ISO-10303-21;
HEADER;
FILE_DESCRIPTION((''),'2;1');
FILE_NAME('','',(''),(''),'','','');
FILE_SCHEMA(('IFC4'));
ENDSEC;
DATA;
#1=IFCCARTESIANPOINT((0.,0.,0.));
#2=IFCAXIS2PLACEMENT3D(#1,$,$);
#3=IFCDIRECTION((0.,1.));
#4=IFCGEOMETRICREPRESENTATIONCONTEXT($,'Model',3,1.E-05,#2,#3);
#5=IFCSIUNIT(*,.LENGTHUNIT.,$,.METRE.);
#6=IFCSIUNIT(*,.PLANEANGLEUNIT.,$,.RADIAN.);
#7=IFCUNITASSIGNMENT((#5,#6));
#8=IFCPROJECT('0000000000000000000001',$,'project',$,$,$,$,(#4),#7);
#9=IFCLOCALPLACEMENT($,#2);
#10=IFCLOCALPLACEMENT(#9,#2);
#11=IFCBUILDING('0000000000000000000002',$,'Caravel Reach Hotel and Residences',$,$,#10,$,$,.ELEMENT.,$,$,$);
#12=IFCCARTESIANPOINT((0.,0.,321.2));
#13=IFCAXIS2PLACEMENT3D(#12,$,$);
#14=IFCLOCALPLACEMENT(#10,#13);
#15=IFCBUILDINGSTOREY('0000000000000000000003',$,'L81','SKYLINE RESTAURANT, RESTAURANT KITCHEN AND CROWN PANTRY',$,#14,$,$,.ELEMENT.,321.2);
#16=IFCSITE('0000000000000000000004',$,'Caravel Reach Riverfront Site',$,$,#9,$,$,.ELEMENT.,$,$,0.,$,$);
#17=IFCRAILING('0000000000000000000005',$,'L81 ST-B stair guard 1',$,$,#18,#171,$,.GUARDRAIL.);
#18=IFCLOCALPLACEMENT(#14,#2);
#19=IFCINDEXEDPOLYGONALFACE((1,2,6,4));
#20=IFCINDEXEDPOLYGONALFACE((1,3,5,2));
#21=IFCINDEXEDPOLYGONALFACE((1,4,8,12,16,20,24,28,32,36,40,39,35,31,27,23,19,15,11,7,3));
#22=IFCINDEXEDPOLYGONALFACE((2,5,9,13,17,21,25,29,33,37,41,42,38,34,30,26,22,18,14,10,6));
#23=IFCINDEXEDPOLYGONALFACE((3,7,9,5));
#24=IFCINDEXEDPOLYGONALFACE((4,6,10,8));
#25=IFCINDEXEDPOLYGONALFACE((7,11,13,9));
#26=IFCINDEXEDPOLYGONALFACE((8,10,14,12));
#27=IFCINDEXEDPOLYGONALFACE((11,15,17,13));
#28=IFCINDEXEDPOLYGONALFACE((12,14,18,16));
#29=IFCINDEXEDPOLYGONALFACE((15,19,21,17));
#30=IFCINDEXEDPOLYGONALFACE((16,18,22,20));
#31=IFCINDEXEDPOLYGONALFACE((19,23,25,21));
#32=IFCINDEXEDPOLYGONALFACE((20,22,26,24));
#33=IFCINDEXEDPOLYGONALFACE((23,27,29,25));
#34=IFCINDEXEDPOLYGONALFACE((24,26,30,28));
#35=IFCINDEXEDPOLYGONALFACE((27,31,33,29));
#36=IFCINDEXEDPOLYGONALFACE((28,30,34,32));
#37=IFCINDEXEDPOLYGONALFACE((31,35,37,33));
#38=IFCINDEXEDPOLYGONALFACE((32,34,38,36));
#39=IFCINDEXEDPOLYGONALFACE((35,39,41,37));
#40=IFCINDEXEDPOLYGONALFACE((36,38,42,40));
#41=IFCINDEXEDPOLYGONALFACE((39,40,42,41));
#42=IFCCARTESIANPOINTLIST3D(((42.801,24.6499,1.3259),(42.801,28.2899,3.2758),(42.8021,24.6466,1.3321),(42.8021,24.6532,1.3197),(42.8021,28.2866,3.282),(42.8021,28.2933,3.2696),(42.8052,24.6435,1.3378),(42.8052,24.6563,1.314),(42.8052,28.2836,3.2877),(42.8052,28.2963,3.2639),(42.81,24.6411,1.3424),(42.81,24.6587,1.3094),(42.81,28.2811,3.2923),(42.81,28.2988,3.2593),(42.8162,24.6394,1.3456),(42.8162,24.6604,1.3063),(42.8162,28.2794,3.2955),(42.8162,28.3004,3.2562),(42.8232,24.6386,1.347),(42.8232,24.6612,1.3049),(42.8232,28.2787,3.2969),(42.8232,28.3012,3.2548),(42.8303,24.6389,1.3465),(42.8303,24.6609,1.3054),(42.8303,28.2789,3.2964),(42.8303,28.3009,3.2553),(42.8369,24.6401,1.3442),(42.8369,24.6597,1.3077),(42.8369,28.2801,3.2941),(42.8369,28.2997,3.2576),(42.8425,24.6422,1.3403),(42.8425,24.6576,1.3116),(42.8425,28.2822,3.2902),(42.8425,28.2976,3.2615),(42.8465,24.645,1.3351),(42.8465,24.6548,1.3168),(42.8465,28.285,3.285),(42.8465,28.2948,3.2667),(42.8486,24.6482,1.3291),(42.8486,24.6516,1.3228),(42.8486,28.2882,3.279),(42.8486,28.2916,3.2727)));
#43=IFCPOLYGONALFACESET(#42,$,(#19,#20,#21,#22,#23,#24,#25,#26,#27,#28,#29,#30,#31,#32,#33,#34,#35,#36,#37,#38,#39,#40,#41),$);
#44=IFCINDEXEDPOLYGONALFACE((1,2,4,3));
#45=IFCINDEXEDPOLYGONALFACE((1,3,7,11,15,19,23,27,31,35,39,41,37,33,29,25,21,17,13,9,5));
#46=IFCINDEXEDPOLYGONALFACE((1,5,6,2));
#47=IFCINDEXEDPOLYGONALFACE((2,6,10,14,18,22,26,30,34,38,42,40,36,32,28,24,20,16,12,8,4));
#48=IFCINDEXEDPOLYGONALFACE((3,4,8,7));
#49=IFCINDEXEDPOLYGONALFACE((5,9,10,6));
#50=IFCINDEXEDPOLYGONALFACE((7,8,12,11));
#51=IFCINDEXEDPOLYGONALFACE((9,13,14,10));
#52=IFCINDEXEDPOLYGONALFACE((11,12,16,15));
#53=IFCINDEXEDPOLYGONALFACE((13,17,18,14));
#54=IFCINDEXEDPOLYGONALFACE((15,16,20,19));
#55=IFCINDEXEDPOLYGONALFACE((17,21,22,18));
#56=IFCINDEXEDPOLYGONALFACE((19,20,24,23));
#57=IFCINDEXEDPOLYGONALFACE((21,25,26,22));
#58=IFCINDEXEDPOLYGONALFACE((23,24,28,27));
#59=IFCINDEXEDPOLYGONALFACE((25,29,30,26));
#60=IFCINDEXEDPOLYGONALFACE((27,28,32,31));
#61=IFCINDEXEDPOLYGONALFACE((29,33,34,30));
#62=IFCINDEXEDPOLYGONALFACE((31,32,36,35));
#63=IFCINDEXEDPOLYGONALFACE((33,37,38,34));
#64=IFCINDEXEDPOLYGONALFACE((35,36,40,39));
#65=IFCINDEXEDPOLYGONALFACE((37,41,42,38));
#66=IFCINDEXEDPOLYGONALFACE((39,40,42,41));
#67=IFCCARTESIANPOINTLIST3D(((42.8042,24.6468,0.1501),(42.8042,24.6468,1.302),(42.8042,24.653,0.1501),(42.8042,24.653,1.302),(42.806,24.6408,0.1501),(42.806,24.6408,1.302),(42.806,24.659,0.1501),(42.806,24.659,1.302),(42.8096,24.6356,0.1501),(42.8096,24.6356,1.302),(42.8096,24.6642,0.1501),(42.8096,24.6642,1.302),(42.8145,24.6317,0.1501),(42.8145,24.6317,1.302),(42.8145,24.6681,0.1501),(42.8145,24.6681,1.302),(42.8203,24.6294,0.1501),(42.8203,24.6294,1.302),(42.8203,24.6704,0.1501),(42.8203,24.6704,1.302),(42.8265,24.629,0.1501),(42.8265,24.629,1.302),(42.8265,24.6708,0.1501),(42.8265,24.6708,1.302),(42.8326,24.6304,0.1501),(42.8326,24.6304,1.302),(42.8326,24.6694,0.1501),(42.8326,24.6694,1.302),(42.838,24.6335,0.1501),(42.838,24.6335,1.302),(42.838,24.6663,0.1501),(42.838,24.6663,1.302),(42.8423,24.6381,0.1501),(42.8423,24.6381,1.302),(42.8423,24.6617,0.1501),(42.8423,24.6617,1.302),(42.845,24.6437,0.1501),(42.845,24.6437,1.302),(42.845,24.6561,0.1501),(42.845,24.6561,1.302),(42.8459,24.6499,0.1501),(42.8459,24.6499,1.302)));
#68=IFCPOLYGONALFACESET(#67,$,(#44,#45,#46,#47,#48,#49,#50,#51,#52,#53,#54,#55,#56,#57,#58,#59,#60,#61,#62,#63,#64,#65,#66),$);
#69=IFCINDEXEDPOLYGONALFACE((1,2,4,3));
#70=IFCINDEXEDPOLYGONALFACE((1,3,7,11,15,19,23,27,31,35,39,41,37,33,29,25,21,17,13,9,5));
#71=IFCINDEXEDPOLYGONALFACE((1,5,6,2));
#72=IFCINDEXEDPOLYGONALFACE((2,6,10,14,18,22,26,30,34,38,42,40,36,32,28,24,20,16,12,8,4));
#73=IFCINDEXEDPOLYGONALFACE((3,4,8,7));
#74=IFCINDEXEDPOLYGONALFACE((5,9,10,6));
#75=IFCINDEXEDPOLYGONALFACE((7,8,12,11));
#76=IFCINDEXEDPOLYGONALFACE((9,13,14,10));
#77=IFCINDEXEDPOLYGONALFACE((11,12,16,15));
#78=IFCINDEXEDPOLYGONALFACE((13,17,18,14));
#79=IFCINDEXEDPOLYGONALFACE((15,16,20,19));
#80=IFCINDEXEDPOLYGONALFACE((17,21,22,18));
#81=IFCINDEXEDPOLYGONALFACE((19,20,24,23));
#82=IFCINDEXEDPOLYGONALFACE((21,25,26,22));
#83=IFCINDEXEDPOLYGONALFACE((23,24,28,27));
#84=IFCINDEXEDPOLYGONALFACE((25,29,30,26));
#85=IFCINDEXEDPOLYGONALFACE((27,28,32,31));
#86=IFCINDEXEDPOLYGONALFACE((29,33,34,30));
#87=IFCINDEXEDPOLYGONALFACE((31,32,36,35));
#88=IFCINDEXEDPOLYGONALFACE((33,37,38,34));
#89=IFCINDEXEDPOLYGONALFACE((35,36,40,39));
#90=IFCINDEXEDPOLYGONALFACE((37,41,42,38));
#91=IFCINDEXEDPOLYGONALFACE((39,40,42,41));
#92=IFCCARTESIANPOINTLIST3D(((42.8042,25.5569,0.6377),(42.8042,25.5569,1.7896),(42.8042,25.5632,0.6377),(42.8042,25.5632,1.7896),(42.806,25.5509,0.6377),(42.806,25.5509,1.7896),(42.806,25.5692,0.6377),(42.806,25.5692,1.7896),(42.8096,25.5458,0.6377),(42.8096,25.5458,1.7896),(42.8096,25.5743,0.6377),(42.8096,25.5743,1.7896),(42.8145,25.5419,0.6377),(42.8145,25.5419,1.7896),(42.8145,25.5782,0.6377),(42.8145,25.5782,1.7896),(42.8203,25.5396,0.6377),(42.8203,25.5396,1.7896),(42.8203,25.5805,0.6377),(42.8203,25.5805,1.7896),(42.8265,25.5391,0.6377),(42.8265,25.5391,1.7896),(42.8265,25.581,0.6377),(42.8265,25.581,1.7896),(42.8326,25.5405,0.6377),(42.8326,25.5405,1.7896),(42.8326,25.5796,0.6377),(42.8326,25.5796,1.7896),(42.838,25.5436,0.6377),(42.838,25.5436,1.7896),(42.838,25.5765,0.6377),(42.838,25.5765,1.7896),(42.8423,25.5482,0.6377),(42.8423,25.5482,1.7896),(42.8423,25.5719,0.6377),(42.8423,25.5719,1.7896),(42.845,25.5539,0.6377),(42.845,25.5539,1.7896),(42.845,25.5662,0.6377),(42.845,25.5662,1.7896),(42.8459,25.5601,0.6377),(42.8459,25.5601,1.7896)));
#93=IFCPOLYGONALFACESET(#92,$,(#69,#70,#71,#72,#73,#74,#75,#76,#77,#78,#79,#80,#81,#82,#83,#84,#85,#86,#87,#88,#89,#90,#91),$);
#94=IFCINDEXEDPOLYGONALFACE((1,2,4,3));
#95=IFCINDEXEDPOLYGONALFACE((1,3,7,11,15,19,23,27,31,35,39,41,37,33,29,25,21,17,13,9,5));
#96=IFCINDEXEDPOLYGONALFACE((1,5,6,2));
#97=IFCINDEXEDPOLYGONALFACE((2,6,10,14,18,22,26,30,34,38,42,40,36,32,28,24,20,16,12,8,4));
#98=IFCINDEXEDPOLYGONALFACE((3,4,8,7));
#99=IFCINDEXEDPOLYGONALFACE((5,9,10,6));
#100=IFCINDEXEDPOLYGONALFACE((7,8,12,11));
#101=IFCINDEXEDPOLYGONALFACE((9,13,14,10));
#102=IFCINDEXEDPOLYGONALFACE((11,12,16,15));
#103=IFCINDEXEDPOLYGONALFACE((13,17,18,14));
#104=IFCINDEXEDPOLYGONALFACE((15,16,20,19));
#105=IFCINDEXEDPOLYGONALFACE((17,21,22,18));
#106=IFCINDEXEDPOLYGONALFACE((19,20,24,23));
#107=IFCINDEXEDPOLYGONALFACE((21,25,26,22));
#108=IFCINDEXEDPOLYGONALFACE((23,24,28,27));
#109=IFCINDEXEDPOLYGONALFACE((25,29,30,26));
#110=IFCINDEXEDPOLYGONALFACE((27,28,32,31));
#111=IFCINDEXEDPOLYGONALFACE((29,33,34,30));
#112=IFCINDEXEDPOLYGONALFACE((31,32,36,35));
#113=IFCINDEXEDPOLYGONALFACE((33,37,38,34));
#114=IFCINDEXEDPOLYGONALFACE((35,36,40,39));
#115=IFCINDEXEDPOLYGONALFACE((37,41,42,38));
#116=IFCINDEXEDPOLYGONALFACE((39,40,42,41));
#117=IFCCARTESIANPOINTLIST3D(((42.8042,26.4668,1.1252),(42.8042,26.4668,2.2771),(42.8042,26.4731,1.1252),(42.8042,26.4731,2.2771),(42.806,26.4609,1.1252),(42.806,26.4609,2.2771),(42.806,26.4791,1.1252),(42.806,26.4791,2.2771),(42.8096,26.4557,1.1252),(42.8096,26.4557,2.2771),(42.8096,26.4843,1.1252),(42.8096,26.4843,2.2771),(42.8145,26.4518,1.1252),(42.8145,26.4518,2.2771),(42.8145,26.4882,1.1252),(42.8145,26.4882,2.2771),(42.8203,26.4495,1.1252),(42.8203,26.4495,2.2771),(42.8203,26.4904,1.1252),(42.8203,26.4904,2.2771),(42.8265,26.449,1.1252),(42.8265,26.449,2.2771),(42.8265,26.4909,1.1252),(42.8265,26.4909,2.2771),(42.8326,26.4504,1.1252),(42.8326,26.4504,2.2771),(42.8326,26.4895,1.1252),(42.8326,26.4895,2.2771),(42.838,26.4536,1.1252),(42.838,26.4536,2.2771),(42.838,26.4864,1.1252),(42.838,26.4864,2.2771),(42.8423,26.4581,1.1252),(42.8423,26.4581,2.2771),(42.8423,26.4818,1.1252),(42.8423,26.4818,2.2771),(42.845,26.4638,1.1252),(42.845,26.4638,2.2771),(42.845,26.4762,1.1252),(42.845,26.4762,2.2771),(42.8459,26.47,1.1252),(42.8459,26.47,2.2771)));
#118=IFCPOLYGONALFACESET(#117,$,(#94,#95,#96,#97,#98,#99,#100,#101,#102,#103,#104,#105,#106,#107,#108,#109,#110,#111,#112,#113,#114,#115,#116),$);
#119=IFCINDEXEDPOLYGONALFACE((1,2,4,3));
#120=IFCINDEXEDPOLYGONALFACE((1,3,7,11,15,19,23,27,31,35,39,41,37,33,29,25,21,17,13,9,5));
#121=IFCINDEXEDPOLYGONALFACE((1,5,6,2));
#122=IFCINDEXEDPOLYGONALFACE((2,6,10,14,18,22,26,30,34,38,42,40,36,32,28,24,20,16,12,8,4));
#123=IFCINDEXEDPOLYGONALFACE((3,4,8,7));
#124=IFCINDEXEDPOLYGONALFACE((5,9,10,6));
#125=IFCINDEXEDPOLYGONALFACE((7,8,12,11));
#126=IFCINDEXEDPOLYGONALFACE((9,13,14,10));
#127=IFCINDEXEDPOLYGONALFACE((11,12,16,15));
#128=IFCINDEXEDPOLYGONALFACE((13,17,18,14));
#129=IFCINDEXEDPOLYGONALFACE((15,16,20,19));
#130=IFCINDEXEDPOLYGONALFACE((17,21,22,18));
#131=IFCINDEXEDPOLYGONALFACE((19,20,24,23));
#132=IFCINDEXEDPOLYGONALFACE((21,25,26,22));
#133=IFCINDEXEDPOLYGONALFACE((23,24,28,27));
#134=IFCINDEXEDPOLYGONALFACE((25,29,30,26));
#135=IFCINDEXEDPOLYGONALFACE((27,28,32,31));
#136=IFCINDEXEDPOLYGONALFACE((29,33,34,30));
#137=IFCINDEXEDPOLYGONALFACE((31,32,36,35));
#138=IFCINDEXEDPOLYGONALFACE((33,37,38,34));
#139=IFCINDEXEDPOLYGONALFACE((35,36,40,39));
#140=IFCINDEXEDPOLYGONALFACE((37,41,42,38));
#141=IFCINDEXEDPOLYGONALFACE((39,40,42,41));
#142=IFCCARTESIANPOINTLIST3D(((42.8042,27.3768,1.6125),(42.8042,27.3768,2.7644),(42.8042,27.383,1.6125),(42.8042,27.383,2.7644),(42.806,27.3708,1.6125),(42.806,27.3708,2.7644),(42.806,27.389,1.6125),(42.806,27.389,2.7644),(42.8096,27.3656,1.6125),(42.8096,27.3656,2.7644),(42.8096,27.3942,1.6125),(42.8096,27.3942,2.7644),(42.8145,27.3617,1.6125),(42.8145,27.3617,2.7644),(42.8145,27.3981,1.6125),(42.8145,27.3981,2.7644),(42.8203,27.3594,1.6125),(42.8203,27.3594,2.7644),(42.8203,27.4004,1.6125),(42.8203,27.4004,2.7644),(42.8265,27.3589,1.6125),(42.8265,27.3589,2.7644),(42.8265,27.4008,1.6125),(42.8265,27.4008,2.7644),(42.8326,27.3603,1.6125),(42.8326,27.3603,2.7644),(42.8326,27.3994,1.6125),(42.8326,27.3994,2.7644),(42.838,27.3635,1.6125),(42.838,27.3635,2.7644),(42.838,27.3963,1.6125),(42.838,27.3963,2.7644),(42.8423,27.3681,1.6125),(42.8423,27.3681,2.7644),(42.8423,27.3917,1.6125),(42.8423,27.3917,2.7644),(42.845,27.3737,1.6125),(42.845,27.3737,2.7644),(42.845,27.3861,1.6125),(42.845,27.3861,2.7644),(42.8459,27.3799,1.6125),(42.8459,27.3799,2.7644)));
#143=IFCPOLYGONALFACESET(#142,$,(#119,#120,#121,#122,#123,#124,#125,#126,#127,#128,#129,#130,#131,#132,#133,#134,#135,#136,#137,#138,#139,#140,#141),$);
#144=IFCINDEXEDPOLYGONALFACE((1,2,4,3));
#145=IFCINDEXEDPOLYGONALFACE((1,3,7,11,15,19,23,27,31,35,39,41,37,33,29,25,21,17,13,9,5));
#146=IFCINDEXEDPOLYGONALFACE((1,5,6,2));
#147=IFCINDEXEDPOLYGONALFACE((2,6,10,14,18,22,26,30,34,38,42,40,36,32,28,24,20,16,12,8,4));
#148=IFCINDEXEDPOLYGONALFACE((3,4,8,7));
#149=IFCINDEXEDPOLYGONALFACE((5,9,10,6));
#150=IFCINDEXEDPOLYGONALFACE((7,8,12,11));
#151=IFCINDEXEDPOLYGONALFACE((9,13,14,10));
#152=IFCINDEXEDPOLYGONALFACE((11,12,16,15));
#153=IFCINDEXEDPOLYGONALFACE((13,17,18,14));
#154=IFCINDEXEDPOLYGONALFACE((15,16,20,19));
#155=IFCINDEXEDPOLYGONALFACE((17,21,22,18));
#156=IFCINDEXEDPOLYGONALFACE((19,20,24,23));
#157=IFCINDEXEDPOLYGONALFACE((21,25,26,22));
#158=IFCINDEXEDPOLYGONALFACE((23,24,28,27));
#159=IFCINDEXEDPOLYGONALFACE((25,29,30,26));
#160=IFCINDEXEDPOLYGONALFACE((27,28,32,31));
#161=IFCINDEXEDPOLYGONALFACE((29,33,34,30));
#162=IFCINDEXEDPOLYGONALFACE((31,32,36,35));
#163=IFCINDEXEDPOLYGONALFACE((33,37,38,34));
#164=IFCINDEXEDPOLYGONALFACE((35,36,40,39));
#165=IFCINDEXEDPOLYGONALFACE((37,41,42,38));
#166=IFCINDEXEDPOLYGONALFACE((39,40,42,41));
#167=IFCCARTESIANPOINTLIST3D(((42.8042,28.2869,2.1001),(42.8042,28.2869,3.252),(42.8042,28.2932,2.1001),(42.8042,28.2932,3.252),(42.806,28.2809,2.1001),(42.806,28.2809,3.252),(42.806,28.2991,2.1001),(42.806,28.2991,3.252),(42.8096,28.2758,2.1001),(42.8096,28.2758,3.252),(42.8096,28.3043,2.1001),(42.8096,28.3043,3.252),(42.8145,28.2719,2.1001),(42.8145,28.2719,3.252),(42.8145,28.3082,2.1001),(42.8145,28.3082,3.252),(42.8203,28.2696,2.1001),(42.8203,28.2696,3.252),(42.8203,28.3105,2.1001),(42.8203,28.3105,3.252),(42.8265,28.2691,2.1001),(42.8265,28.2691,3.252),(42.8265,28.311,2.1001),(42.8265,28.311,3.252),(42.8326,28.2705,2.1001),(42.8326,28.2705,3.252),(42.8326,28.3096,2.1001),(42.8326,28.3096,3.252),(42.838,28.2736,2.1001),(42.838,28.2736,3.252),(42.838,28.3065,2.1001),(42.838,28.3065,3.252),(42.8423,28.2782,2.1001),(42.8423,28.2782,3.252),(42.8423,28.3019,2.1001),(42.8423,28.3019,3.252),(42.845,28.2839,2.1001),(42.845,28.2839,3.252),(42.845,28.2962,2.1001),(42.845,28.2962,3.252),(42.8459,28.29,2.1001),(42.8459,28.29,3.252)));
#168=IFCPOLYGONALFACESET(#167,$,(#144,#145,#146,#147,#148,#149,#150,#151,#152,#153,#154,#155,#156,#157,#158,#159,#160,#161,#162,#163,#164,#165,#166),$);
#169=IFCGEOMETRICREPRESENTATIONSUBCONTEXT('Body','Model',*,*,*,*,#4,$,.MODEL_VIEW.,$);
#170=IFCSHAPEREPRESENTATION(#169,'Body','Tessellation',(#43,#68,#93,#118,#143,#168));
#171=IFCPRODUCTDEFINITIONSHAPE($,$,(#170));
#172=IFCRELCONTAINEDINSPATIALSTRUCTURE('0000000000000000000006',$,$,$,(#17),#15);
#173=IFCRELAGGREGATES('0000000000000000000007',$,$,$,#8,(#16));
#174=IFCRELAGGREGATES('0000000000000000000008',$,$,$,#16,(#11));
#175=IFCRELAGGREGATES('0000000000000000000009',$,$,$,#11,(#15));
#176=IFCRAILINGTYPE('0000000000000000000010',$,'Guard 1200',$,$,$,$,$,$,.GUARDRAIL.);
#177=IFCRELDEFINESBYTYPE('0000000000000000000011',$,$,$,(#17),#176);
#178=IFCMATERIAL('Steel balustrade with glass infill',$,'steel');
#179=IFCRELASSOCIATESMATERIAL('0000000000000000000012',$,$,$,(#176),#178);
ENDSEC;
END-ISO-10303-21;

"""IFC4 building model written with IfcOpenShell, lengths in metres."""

from ifc_helpers import new_model, si_unit, direction, frame, origin, origin_2d, place, context, subcontext, project, spatial, circle, extrude, material, type_object, element, save


model = new_model("IFC4")

# Units and contexts
model_context = context("Model", 3, precision=1e-05, world=origin(), true_north=direction((0.0, 1.0)))
body_context = subcontext(model_context, "Body", "Model", "MODEL_VIEW")
ifc_project = project(units=[si_unit("LENGTHUNIT", "METRE"), si_unit("PLANEANGLEUNIT", "RADIAN")], contexts=[model_context])

# Site, building, storey
site_placement = place(None, origin())
site = spatial("IfcSite", under=ifc_project, at=site_placement, Name="Caravel Reach Riverfront Site", CompositionType="ELEMENT", RefElevation=0.0)
building_placement = place(site_placement, origin())
building = spatial("IfcBuilding", under=site, at=building_placement, Name="Caravel Reach Hotel and Residences", CompositionType="ELEMENT")
storey_placement = place(building_placement, frame((0.0, 0.0, 321.2)))
storey = spatial("IfcBuildingStorey", under=building, at=storey_placement, Name="L81", Description="SKYLINE RESTAURANT, RESTAURANT KITCHEN AND CROWN PANTRY", CompositionType="ELEMENT", Elevation=321.2)

# Railing
ifc_material_1 = material(Name="Steel balustrade with glass infill", Category="steel")
railing_type_1 = type_object("IfcRailingType", Name="Guard 1200", PredefinedType="GUARDRAIL", material=ifc_material_1)
railing_1_placement = place(storey_placement, frame((42.825, 24.6499, 0.1501)))
element("IfcRailing", 1, at=railing_1_placement, inside=storey, type_object=railing_type_1, Name="L81 ST-B stair guard 1", PredefinedType="GUARDRAIL", context=body_context, shape_type="SweptSolid", body=[
    extrude(circle(Radius=0.0239, at=origin_2d()), frame((0.0, 0.0, 1.1758), z_axis=(0.0, 0.881492, 0.472198), x_axis=(-1.0, 0.0, 0.0)), (0.0, 0.0, 1.0), 4.1294),
    extrude(circle(Radius=0.021, at=origin_2d()), origin(), (0.0, 0.0, 1.0), 1.1519),
    extrude(circle(Radius=0.021, at=origin_2d()), frame((0.0, 0.9102, 0.4875)), (0.0, 0.0, 1.0), 1.1519),
    extrude(circle(Radius=0.021, at=origin_2d()), frame((0.0, 1.8201, 0.9751)), (0.0, 0.0, 1.0), 1.1519),
    extrude(circle(Radius=0.021, at=origin_2d()), frame((0.0, 2.73, 1.4624)), (0.0, 0.0, 1.0), 1.1519),
    extrude(circle(Radius=0.021, at=origin_2d()), frame((0.0, 3.6401, 1.95)), (0.0, 0.0, 1.0), 1.1519),
])

save(model, "model.ifc")
